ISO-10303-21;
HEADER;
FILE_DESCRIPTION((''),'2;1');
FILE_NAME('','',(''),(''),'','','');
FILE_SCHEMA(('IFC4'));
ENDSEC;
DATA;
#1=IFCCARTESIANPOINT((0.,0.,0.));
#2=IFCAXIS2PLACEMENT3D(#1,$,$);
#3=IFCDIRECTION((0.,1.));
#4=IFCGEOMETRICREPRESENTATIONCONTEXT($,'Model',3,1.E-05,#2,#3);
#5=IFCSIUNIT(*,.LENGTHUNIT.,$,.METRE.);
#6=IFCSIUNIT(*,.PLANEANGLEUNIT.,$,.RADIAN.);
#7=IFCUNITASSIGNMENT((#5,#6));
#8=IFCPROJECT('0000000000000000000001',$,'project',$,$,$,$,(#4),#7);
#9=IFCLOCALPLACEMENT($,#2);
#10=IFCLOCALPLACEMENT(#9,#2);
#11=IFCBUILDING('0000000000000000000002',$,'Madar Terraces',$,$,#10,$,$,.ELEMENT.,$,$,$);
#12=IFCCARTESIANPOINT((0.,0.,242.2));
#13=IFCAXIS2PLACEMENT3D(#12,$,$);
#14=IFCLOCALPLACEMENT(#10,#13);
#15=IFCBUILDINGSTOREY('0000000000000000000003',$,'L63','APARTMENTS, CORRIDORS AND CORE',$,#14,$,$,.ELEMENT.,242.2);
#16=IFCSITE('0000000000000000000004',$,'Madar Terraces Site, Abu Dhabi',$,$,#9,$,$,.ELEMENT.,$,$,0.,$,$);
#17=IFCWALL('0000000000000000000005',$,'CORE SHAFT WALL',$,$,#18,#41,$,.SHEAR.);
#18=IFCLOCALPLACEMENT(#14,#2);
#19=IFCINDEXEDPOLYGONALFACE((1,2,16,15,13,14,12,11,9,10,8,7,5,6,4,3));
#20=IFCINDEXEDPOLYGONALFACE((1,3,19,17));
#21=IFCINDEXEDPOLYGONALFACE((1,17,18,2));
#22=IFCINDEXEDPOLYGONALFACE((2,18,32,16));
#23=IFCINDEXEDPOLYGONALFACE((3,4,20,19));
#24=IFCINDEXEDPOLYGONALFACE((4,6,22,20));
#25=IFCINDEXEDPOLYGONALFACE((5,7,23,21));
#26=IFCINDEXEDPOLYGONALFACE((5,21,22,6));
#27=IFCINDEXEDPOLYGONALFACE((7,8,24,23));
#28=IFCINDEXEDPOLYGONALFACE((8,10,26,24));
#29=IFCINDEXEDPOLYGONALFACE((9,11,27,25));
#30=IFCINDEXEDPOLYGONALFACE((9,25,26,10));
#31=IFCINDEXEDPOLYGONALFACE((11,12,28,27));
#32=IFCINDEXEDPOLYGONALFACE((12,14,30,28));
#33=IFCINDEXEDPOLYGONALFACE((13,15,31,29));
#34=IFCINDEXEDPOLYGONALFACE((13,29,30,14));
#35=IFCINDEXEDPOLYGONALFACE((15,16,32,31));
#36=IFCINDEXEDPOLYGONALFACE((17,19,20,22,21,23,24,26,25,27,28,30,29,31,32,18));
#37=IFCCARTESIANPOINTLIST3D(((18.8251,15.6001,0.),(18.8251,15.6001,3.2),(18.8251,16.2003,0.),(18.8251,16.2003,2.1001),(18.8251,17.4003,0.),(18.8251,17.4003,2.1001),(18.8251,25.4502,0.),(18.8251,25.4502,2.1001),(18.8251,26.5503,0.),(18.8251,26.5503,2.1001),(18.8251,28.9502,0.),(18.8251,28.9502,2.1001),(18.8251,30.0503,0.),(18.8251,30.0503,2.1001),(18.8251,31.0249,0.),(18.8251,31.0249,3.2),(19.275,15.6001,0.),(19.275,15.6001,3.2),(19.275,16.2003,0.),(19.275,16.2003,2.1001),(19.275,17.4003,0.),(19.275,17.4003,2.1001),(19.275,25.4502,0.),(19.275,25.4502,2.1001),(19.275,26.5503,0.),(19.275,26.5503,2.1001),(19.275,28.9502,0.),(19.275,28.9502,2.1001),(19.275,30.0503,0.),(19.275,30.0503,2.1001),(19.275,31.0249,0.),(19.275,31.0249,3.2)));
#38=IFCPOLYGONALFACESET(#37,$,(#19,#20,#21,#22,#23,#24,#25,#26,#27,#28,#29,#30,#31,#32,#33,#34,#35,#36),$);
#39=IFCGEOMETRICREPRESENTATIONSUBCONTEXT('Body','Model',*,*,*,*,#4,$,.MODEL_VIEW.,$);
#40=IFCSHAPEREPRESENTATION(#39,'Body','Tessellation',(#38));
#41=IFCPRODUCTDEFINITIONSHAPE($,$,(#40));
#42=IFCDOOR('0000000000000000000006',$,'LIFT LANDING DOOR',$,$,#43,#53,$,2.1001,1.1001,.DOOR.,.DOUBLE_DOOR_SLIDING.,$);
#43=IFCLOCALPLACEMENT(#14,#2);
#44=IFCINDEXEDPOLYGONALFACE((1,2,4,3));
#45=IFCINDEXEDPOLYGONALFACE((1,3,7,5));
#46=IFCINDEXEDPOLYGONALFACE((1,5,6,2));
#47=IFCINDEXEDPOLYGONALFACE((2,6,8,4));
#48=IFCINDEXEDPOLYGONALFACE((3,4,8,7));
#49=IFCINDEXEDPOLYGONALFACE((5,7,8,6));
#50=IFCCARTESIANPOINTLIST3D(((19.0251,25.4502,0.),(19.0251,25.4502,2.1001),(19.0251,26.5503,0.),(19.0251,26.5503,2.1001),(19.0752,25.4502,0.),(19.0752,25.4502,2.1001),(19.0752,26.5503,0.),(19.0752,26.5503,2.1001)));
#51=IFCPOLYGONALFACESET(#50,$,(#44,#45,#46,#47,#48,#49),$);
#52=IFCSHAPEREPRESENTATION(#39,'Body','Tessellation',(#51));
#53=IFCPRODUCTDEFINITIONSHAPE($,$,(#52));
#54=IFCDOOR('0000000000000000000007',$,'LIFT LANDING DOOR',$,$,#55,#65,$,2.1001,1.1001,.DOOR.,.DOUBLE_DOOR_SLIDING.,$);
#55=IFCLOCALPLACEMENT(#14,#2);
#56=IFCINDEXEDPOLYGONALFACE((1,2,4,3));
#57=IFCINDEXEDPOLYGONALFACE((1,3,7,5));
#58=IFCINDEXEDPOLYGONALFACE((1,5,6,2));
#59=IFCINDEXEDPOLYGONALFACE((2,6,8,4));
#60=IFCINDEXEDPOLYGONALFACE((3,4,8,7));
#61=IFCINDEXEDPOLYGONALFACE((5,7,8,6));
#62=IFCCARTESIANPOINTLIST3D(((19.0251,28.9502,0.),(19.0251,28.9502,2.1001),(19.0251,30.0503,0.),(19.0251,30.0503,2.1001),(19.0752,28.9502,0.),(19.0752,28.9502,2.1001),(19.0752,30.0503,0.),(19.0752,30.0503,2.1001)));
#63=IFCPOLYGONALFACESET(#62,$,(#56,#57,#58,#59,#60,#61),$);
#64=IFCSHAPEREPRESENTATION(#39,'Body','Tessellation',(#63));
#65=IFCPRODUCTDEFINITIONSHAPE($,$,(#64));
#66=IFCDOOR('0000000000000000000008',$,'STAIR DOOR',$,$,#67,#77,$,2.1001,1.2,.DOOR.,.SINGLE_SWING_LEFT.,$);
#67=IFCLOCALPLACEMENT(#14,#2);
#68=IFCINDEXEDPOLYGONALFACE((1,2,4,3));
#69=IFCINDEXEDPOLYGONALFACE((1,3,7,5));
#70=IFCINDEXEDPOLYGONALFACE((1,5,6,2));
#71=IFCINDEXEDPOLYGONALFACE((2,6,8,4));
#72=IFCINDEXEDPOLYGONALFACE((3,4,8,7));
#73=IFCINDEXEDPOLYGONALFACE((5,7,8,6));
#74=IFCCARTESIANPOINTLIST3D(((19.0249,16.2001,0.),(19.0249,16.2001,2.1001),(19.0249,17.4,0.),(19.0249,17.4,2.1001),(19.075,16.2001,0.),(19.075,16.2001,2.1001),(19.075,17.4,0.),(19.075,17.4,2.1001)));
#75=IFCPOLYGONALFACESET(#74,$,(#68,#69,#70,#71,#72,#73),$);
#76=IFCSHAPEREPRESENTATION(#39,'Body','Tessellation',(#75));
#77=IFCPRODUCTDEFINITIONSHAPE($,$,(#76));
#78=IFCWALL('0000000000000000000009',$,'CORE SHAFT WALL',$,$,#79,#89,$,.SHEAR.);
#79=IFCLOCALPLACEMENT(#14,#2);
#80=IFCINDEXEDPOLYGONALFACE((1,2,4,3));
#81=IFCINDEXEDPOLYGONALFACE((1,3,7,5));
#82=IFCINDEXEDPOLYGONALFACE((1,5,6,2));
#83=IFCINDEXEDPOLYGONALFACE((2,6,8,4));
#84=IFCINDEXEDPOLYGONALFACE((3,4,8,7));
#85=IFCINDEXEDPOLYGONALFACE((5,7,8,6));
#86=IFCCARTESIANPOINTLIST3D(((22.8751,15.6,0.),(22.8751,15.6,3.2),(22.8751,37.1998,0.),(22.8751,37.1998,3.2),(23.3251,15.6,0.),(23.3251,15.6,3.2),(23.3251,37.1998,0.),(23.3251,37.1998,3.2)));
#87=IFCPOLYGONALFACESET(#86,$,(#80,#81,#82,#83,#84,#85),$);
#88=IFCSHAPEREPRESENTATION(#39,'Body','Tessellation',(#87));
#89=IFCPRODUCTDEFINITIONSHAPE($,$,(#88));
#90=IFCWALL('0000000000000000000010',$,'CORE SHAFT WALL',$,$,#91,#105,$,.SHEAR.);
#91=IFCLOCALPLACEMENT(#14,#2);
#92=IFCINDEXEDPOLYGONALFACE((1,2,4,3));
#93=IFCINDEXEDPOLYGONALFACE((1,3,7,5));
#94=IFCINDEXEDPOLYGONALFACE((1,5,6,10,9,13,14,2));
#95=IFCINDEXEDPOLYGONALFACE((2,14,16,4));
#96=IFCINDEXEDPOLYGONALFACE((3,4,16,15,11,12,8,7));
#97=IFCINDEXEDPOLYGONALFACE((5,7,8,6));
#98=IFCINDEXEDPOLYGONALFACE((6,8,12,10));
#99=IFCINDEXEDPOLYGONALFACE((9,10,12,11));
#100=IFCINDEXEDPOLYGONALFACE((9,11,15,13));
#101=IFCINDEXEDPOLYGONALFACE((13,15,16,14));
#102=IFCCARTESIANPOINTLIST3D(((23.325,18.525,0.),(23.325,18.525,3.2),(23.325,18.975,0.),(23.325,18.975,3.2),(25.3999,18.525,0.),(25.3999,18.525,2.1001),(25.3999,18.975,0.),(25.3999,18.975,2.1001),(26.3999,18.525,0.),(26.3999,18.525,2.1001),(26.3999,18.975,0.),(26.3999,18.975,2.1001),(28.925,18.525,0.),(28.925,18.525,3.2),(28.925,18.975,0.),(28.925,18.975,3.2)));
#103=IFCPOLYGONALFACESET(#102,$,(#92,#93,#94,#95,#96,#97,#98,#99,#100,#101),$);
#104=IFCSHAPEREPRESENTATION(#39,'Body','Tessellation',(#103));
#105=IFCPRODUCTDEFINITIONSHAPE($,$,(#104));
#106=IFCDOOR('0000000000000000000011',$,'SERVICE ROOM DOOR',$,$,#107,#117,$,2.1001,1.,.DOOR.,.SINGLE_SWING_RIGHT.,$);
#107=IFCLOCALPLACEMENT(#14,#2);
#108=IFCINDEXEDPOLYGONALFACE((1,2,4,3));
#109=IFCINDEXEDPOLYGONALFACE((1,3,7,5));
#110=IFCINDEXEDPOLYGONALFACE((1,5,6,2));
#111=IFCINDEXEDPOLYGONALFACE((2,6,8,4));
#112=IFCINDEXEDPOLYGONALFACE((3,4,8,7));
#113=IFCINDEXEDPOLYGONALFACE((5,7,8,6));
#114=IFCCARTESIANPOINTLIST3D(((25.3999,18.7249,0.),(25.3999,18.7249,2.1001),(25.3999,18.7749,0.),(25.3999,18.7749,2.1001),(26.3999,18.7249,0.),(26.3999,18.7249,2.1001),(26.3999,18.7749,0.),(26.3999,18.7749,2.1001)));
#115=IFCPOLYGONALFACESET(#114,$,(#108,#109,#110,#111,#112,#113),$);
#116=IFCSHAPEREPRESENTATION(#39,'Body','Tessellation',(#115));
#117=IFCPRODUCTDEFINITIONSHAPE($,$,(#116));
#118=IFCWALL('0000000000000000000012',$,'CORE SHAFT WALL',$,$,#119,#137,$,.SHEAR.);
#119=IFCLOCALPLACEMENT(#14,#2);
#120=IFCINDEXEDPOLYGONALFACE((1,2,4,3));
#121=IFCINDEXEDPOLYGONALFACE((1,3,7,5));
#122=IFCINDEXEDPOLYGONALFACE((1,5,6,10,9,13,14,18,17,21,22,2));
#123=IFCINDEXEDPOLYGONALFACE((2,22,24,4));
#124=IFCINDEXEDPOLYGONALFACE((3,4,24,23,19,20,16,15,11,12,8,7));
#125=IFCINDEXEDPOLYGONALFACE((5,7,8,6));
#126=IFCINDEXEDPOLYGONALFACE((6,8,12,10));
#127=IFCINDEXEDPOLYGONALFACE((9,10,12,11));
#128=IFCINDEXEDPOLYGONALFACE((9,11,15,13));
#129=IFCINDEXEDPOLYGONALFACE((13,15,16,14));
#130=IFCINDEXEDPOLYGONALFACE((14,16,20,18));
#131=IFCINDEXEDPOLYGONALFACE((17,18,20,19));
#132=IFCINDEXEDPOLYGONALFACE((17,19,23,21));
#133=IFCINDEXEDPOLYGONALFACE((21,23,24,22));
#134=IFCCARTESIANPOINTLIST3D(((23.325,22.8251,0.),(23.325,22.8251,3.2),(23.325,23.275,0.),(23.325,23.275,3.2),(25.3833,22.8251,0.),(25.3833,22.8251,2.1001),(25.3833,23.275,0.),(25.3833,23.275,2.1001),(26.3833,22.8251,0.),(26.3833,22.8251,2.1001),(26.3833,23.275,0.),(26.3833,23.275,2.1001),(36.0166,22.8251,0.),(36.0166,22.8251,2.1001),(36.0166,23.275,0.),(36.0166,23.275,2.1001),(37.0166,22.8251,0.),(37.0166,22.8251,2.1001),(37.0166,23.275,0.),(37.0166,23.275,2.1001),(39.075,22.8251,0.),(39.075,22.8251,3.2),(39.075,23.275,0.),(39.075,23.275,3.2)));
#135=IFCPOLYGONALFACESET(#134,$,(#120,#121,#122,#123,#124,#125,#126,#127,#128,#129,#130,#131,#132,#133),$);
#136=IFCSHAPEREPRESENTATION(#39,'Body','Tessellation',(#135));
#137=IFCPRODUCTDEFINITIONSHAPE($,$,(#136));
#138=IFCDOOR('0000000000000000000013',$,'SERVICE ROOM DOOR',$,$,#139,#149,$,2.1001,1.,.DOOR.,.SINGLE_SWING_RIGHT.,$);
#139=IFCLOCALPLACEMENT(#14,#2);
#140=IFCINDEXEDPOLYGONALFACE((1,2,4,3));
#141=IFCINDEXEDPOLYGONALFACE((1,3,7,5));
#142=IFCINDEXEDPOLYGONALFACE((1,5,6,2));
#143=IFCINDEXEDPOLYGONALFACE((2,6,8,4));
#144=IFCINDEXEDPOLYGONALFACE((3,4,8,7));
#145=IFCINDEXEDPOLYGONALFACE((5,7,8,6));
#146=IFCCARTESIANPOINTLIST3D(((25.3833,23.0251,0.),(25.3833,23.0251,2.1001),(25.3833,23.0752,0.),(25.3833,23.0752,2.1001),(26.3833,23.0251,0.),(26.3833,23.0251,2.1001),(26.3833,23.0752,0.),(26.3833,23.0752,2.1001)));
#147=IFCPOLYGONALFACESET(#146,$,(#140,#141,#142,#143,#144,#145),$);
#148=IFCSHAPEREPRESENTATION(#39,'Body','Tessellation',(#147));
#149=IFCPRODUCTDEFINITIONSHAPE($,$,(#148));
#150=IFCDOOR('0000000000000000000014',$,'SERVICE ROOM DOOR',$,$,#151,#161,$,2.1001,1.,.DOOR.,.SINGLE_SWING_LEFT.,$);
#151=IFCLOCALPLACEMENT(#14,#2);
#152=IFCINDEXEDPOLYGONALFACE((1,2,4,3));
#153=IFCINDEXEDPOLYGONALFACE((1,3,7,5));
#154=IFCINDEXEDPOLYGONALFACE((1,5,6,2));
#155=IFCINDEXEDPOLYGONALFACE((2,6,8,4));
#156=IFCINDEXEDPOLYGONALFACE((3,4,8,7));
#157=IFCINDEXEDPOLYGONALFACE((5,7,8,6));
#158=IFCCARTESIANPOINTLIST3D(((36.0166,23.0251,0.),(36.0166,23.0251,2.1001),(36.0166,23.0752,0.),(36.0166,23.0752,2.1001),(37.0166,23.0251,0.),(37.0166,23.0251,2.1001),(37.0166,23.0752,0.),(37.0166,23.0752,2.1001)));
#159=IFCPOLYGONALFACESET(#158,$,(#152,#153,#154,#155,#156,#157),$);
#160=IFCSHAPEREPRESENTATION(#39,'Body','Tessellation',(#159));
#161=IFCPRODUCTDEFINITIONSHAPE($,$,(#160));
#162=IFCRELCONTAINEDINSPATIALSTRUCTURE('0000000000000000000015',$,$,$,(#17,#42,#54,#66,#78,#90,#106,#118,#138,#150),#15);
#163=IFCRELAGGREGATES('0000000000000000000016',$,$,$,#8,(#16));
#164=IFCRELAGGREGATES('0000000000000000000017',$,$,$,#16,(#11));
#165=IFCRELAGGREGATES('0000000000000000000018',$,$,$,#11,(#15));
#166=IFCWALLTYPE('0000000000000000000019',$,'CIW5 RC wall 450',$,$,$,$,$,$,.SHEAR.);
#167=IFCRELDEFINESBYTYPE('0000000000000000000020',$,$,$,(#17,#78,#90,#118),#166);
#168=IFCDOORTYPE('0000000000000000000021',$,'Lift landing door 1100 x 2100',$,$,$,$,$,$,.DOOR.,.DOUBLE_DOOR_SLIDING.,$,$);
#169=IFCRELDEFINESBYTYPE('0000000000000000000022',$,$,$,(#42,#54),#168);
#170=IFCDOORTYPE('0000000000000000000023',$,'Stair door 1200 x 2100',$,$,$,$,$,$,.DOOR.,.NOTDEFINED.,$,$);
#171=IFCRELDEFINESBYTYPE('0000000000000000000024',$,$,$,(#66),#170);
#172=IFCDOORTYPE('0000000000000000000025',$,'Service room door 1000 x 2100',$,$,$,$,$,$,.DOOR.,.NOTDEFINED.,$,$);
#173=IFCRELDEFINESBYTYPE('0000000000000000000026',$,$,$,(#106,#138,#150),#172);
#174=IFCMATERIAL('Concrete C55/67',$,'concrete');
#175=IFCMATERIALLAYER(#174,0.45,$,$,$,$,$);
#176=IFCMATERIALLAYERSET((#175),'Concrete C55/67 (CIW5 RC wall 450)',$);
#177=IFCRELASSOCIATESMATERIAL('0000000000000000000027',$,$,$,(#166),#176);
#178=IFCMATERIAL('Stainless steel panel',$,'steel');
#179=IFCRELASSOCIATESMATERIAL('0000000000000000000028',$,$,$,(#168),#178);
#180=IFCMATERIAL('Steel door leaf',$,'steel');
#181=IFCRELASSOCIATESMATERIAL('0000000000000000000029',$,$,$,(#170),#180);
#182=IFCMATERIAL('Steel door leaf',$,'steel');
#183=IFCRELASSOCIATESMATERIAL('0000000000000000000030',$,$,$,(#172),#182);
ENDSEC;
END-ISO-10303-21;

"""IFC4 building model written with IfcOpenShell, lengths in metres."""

from ifc_helpers import new_model, si_unit, direction, frame, frame_2d, origin, place, context, subcontext, project, spatial, rectangle, extrude, material, layer, layer_set, type_object, element, fill, save


model = new_model("IFC4")

# Units and contexts
model_context = context("Model", 3, precision=1e-05, world=origin(), true_north=direction((0.0, 1.0)))
body_context = subcontext(model_context, "Body", "Model", "MODEL_VIEW")
ifc_project = project(units=[si_unit("LENGTHUNIT", "METRE"), si_unit("PLANEANGLEUNIT", "RADIAN")], contexts=[model_context])

# Site, building, storey
site_placement = place(None, origin())
site = spatial("IfcSite", under=ifc_project, at=site_placement, Name="Madar Terraces Site, Abu Dhabi", CompositionType="ELEMENT", RefElevation=0.0)
building_placement = place(site_placement, origin())
building = spatial("IfcBuilding", under=site, at=building_placement, Name="Madar Terraces", CompositionType="ELEMENT")
storey_placement = place(building_placement, frame((0.0, 0.0, 242.2)))
storey = spatial("IfcBuildingStorey", under=building, at=storey_placement, Name="L63", Description="APARTMENTS, CORRIDORS AND CORE", CompositionType="ELEMENT", Elevation=242.2)

# Wall, openings, doors
ifc_material_1 = material(Name="Concrete C55/67", Category="concrete")
ifc_layer_1 = layer(ifc_material_1, 0.45)
ifc_layer_set_1 = layer_set([ifc_layer_1], Name="Concrete C55/67 (CIW5 RC wall 450)")
wall_type_1 = type_object("IfcWallType", Name="CIW5 RC wall 450", PredefinedType="SHEAR", material=ifc_layer_set_1)
wall_1_placement = place(storey_placement, frame((19.05, 15.6001, 0.0), z_axis=(0.0, 0.0, 1.0), x_axis=(0.0, 1.0, 0.0)))
wall_1 = element("IfcWall", 1, at=wall_1_placement, inside=storey, type_object=wall_type_1, Name="CORE SHAFT WALL", PredefinedType="SHEAR", context=body_context, shape_type="SweptSolid", body=[
    extrude(rectangle(XDim=15.4248, YDim=0.45, at=frame_2d((7.7124, 0.0))), origin(), (0.0, 0.0, 1.0), 3.2),
])
opening_1_placement = place(wall_1_placement, frame((9.8501, 0.0, 0.0)))
opening_1 = element("IfcOpeningElement", 2, at=opening_1_placement, cuts=wall_1, PredefinedType="OPENING", context=body_context, shape_type="SweptSolid", body=[
    extrude(rectangle(XDim=1.1001, YDim=2.1001, at=frame_2d((0.55, 1.05))), frame((0.0, 0.2349, 0.0), z_axis=(0.0, -1.0, 0.0), x_axis=(1.0, 0.0, 0.0)), (0.0, 0.0, 1.0), 0.47),
])
opening_2_placement = place(wall_1_placement, frame((13.3501, 0.0, 0.0)))
opening_2 = element("IfcOpeningElement", 3, at=opening_2_placement, cuts=wall_1, PredefinedType="OPENING", context=body_context, shape_type="SweptSolid", body=[
    extrude(rectangle(XDim=1.1001, YDim=2.1001, at=frame_2d((0.55, 1.05))), frame((0.0, 0.2349, 0.0), z_axis=(0.0, -1.0, 0.0), x_axis=(1.0, 0.0, 0.0)), (0.0, 0.0, 1.0), 0.47),
])
opening_3_placement = place(wall_1_placement, frame((0.6001, 0.0, 0.0)))
opening_3 = element("IfcOpeningElement", 4, at=opening_3_placement, cuts=wall_1, PredefinedType="OPENING", context=body_context, shape_type="SweptSolid", body=[
    extrude(rectangle(XDim=1.2, YDim=2.1001, at=frame_2d((0.6001, 1.05))), frame((0.0, 0.2349, 0.0), z_axis=(0.0, -1.0, 0.0), x_axis=(1.0, 0.0, 0.0)), (0.0, 0.0, 1.0), 0.47),
])
ifc_material_2 = material(Name="Stainless steel panel", Category="steel")
door_type_1 = type_object("IfcDoorType", Name="Lift landing door 1100 x 2100", OperationType="DOUBLE_DOOR_SLIDING", PredefinedType="DOOR", material=ifc_material_2)
door_1_placement = place(opening_1_placement, origin())
door_1 = element("IfcDoor", 5, at=door_1_placement, inside=storey, type_object=door_type_1, Name="LIFT LANDING DOOR", OperationType="DOUBLE_DOOR_SLIDING", OverallHeight=2.1001, OverallWidth=1.1001, PredefinedType="DOOR", context=body_context, shape_type="SweptSolid", body=[
    extrude(rectangle(XDim=1.1001, YDim=2.1001, at=frame_2d((0.55, 1.05))), frame((0.0, 0.0249, 0.0), z_axis=(0.0, -1.0, 0.0), x_axis=(1.0, 0.0, 0.0)), (0.0, 0.0, 1.0), 0.05),
])
fill(opening_1, door_1)
door_2_placement = place(opening_2_placement, origin())
door_2 = element("IfcDoor", 6, at=door_2_placement, inside=storey, type_object=door_type_1, Name="LIFT LANDING DOOR", OperationType="DOUBLE_DOOR_SLIDING", OverallHeight=2.1001, OverallWidth=1.1001, PredefinedType="DOOR", context=body_context, shape_type="SweptSolid", body=[
    extrude(rectangle(XDim=1.1001, YDim=2.1001, at=frame_2d((0.55, 1.05))), frame((0.0, 0.0249, 0.0), z_axis=(0.0, -1.0, 0.0), x_axis=(1.0, 0.0, 0.0)), (0.0, 0.0, 1.0), 0.05),
])
fill(opening_2, door_2)
ifc_material_3 = material(Name="Steel door leaf", Category="steel")
door_type_2 = type_object("IfcDoorType", Name="Stair door 1200 x 2100", OperationType="NOTDEFINED", PredefinedType="DOOR", material=ifc_material_3)
door_3_placement = place(opening_3_placement, frame((1.2, 0.0, 0.0), z_axis=(0.0, 0.0, 1.0), x_axis=(-1.0, 0.0, 0.0)))
door_3 = element("IfcDoor", 7, at=door_3_placement, inside=storey, type_object=door_type_2, Name="STAIR DOOR", OperationType="SINGLE_SWING_LEFT", OverallHeight=2.1001, OverallWidth=1.2, PredefinedType="DOOR", context=body_context, shape_type="SweptSolid", body=[
    extrude(rectangle(XDim=1.2, YDim=2.1001, at=frame_2d((0.6001, 1.05))), frame((0.0, 0.0249, 0.0), z_axis=(0.0, -1.0, 0.0), x_axis=(1.0, 0.0, 0.0)), (0.0, 0.0, 1.0), 0.05),
])
fill(opening_3, door_3)

# Wall
wall_2_placement = place(storey_placement, frame((23.1001, 15.6001, 0.0), z_axis=(0.0, 0.0, 1.0), x_axis=(0.0, 1.0, 0.0)))
element("IfcWall", 8, at=wall_2_placement, inside=storey, type_object=wall_type_1, Name="CORE SHAFT WALL", PredefinedType="SHEAR", context=body_context, shape_type="SweptSolid", body=[
    extrude(rectangle(XDim=21.5999, YDim=0.45, at=frame_2d((10.7998, 0.0))), origin(), (0.0, 0.0, 1.0), 3.2),
])

# Wall, opening, door
wall_3_placement = place(storey_placement, frame((23.325, 18.75, 0.0), z_axis=(0.0, 0.0, 1.0), x_axis=(1.0, 0.0, 0.0)))
wall_3 = element("IfcWall", 9, at=wall_3_placement, inside=storey, type_object=wall_type_1, Name="CORE SHAFT WALL", PredefinedType="SHEAR", context=body_context, shape_type="SweptSolid", body=[
    extrude(rectangle(XDim=5.6001, YDim=0.45, at=frame_2d((2.8, 0.0))), origin(), (0.0, 0.0, 1.0), 3.2),
])
opening_4_placement = place(wall_3_placement, frame((2.075, 0.0, 0.0)))
opening_4 = element("IfcOpeningElement", 10, at=opening_4_placement, cuts=wall_3, PredefinedType="OPENING", context=body_context, shape_type="SweptSolid", body=[
    extrude(rectangle(XDim=1.0, YDim=2.1001, at=frame_2d((0.5, 1.05))), frame((0.0, 0.2349, 0.0), z_axis=(0.0, -1.0, 0.0), x_axis=(1.0, 0.0, 0.0)), (0.0, 0.0, 1.0), 0.47),
])
ifc_material_4 = material(Name="Steel door leaf", Category="steel")
door_type_3 = type_object("IfcDoorType", Name="Service room door 1000 x 2100", OperationType="NOTDEFINED", PredefinedType="DOOR", material=ifc_material_4)
door_4_placement = place(opening_4_placement, origin())
door_4 = element("IfcDoor", 11, at=door_4_placement, inside=storey, type_object=door_type_3, Name="SERVICE ROOM DOOR", OperationType="SINGLE_SWING_RIGHT", OverallHeight=2.1001, OverallWidth=1.0, PredefinedType="DOOR", context=body_context, shape_type="SweptSolid", body=[
    extrude(rectangle(XDim=1.0, YDim=2.1001, at=frame_2d((0.5, 1.05))), frame((0.0, 0.0249, 0.0), z_axis=(0.0, -1.0, 0.0), x_axis=(1.0, 0.0, 0.0)), (0.0, 0.0, 1.0), 0.05),
])
fill(opening_4, door_4)

# Wall, openings, doors
wall_4_placement = place(storey_placement, frame((23.325, 23.05, 0.0), z_axis=(0.0, 0.0, 1.0), x_axis=(1.0, 0.0, 0.0)))
wall_4 = element("IfcWall", 12, at=wall_4_placement, inside=storey, type_object=wall_type_1, Name="CORE SHAFT WALL", PredefinedType="SHEAR", context=body_context, shape_type="SweptSolid", body=[
    extrude(rectangle(XDim=15.75, YDim=0.45, at=frame_2d((7.875, 0.0))), origin(), (0.0, 0.0, 1.0), 3.2),
])
opening_5_placement = place(wall_4_placement, frame((2.0583, 0.0, 0.0)))
opening_5 = element("IfcOpeningElement", 13, at=opening_5_placement, cuts=wall_4, PredefinedType="OPENING", context=body_context, shape_type="SweptSolid", body=[
    extrude(rectangle(XDim=1.0, YDim=2.1001, at=frame_2d((0.5, 1.05))), frame((0.0, 0.2349, 0.0), z_axis=(0.0, -1.0, 0.0), x_axis=(1.0, 0.0, 0.0)), (0.0, 0.0, 1.0), 0.47),
])
opening_6_placement = place(wall_4_placement, frame((12.6917, 0.0, 0.0)))
opening_6 = element("IfcOpeningElement", 14, at=opening_6_placement, cuts=wall_4, PredefinedType="OPENING", context=body_context, shape_type="SweptSolid", body=[
    extrude(rectangle(XDim=1.0, YDim=2.1001, at=frame_2d((0.5, 1.05))), frame((0.0, 0.2349, 0.0), z_axis=(0.0, -1.0, 0.0), x_axis=(1.0, 0.0, 0.0)), (0.0, 0.0, 1.0), 0.47),
])
door_5_placement = place(opening_5_placement, frame((1.0, 0.0, 0.0), z_axis=(0.0, 0.0, 1.0), x_axis=(-1.0, 0.0, 0.0)))
door_5 = element("IfcDoor", 15, at=door_5_placement, inside=storey, type_object=door_type_3, Name="SERVICE ROOM DOOR", OperationType="SINGLE_SWING_RIGHT", OverallHeight=2.1001, OverallWidth=1.0, PredefinedType="DOOR", context=body_context, shape_type="SweptSolid", body=[
    extrude(rectangle(XDim=1.0, YDim=2.1001, at=frame_2d((0.5, 1.05))), frame((0.0, 0.0249, 0.0), z_axis=(0.0, -1.0, 0.0), x_axis=(1.0, 0.0, 0.0)), (0.0, 0.0, 1.0), 0.05),
])
fill(opening_5, door_5)
door_6_placement = place(opening_6_placement, frame((1.0, 0.0, 0.0), z_axis=(0.0, 0.0, 1.0), x_axis=(-1.0, 0.0, 0.0)))
door_6 = element("IfcDoor", 16, at=door_6_placement, inside=storey, type_object=door_type_3, Name="SERVICE ROOM DOOR", OperationType="SINGLE_SWING_LEFT", OverallHeight=2.1001, OverallWidth=1.0, PredefinedType="DOOR", context=body_context, shape_type="SweptSolid", body=[
    extrude(rectangle(XDim=1.0, YDim=2.1001, at=frame_2d((0.5, 1.05))), frame((0.0, 0.0249, 0.0), z_axis=(0.0, -1.0, 0.0), x_axis=(1.0, 0.0, 0.0)), (0.0, 0.0, 1.0), 0.05),
])
fill(opening_6, door_6)

save(model, "model.ifc")
